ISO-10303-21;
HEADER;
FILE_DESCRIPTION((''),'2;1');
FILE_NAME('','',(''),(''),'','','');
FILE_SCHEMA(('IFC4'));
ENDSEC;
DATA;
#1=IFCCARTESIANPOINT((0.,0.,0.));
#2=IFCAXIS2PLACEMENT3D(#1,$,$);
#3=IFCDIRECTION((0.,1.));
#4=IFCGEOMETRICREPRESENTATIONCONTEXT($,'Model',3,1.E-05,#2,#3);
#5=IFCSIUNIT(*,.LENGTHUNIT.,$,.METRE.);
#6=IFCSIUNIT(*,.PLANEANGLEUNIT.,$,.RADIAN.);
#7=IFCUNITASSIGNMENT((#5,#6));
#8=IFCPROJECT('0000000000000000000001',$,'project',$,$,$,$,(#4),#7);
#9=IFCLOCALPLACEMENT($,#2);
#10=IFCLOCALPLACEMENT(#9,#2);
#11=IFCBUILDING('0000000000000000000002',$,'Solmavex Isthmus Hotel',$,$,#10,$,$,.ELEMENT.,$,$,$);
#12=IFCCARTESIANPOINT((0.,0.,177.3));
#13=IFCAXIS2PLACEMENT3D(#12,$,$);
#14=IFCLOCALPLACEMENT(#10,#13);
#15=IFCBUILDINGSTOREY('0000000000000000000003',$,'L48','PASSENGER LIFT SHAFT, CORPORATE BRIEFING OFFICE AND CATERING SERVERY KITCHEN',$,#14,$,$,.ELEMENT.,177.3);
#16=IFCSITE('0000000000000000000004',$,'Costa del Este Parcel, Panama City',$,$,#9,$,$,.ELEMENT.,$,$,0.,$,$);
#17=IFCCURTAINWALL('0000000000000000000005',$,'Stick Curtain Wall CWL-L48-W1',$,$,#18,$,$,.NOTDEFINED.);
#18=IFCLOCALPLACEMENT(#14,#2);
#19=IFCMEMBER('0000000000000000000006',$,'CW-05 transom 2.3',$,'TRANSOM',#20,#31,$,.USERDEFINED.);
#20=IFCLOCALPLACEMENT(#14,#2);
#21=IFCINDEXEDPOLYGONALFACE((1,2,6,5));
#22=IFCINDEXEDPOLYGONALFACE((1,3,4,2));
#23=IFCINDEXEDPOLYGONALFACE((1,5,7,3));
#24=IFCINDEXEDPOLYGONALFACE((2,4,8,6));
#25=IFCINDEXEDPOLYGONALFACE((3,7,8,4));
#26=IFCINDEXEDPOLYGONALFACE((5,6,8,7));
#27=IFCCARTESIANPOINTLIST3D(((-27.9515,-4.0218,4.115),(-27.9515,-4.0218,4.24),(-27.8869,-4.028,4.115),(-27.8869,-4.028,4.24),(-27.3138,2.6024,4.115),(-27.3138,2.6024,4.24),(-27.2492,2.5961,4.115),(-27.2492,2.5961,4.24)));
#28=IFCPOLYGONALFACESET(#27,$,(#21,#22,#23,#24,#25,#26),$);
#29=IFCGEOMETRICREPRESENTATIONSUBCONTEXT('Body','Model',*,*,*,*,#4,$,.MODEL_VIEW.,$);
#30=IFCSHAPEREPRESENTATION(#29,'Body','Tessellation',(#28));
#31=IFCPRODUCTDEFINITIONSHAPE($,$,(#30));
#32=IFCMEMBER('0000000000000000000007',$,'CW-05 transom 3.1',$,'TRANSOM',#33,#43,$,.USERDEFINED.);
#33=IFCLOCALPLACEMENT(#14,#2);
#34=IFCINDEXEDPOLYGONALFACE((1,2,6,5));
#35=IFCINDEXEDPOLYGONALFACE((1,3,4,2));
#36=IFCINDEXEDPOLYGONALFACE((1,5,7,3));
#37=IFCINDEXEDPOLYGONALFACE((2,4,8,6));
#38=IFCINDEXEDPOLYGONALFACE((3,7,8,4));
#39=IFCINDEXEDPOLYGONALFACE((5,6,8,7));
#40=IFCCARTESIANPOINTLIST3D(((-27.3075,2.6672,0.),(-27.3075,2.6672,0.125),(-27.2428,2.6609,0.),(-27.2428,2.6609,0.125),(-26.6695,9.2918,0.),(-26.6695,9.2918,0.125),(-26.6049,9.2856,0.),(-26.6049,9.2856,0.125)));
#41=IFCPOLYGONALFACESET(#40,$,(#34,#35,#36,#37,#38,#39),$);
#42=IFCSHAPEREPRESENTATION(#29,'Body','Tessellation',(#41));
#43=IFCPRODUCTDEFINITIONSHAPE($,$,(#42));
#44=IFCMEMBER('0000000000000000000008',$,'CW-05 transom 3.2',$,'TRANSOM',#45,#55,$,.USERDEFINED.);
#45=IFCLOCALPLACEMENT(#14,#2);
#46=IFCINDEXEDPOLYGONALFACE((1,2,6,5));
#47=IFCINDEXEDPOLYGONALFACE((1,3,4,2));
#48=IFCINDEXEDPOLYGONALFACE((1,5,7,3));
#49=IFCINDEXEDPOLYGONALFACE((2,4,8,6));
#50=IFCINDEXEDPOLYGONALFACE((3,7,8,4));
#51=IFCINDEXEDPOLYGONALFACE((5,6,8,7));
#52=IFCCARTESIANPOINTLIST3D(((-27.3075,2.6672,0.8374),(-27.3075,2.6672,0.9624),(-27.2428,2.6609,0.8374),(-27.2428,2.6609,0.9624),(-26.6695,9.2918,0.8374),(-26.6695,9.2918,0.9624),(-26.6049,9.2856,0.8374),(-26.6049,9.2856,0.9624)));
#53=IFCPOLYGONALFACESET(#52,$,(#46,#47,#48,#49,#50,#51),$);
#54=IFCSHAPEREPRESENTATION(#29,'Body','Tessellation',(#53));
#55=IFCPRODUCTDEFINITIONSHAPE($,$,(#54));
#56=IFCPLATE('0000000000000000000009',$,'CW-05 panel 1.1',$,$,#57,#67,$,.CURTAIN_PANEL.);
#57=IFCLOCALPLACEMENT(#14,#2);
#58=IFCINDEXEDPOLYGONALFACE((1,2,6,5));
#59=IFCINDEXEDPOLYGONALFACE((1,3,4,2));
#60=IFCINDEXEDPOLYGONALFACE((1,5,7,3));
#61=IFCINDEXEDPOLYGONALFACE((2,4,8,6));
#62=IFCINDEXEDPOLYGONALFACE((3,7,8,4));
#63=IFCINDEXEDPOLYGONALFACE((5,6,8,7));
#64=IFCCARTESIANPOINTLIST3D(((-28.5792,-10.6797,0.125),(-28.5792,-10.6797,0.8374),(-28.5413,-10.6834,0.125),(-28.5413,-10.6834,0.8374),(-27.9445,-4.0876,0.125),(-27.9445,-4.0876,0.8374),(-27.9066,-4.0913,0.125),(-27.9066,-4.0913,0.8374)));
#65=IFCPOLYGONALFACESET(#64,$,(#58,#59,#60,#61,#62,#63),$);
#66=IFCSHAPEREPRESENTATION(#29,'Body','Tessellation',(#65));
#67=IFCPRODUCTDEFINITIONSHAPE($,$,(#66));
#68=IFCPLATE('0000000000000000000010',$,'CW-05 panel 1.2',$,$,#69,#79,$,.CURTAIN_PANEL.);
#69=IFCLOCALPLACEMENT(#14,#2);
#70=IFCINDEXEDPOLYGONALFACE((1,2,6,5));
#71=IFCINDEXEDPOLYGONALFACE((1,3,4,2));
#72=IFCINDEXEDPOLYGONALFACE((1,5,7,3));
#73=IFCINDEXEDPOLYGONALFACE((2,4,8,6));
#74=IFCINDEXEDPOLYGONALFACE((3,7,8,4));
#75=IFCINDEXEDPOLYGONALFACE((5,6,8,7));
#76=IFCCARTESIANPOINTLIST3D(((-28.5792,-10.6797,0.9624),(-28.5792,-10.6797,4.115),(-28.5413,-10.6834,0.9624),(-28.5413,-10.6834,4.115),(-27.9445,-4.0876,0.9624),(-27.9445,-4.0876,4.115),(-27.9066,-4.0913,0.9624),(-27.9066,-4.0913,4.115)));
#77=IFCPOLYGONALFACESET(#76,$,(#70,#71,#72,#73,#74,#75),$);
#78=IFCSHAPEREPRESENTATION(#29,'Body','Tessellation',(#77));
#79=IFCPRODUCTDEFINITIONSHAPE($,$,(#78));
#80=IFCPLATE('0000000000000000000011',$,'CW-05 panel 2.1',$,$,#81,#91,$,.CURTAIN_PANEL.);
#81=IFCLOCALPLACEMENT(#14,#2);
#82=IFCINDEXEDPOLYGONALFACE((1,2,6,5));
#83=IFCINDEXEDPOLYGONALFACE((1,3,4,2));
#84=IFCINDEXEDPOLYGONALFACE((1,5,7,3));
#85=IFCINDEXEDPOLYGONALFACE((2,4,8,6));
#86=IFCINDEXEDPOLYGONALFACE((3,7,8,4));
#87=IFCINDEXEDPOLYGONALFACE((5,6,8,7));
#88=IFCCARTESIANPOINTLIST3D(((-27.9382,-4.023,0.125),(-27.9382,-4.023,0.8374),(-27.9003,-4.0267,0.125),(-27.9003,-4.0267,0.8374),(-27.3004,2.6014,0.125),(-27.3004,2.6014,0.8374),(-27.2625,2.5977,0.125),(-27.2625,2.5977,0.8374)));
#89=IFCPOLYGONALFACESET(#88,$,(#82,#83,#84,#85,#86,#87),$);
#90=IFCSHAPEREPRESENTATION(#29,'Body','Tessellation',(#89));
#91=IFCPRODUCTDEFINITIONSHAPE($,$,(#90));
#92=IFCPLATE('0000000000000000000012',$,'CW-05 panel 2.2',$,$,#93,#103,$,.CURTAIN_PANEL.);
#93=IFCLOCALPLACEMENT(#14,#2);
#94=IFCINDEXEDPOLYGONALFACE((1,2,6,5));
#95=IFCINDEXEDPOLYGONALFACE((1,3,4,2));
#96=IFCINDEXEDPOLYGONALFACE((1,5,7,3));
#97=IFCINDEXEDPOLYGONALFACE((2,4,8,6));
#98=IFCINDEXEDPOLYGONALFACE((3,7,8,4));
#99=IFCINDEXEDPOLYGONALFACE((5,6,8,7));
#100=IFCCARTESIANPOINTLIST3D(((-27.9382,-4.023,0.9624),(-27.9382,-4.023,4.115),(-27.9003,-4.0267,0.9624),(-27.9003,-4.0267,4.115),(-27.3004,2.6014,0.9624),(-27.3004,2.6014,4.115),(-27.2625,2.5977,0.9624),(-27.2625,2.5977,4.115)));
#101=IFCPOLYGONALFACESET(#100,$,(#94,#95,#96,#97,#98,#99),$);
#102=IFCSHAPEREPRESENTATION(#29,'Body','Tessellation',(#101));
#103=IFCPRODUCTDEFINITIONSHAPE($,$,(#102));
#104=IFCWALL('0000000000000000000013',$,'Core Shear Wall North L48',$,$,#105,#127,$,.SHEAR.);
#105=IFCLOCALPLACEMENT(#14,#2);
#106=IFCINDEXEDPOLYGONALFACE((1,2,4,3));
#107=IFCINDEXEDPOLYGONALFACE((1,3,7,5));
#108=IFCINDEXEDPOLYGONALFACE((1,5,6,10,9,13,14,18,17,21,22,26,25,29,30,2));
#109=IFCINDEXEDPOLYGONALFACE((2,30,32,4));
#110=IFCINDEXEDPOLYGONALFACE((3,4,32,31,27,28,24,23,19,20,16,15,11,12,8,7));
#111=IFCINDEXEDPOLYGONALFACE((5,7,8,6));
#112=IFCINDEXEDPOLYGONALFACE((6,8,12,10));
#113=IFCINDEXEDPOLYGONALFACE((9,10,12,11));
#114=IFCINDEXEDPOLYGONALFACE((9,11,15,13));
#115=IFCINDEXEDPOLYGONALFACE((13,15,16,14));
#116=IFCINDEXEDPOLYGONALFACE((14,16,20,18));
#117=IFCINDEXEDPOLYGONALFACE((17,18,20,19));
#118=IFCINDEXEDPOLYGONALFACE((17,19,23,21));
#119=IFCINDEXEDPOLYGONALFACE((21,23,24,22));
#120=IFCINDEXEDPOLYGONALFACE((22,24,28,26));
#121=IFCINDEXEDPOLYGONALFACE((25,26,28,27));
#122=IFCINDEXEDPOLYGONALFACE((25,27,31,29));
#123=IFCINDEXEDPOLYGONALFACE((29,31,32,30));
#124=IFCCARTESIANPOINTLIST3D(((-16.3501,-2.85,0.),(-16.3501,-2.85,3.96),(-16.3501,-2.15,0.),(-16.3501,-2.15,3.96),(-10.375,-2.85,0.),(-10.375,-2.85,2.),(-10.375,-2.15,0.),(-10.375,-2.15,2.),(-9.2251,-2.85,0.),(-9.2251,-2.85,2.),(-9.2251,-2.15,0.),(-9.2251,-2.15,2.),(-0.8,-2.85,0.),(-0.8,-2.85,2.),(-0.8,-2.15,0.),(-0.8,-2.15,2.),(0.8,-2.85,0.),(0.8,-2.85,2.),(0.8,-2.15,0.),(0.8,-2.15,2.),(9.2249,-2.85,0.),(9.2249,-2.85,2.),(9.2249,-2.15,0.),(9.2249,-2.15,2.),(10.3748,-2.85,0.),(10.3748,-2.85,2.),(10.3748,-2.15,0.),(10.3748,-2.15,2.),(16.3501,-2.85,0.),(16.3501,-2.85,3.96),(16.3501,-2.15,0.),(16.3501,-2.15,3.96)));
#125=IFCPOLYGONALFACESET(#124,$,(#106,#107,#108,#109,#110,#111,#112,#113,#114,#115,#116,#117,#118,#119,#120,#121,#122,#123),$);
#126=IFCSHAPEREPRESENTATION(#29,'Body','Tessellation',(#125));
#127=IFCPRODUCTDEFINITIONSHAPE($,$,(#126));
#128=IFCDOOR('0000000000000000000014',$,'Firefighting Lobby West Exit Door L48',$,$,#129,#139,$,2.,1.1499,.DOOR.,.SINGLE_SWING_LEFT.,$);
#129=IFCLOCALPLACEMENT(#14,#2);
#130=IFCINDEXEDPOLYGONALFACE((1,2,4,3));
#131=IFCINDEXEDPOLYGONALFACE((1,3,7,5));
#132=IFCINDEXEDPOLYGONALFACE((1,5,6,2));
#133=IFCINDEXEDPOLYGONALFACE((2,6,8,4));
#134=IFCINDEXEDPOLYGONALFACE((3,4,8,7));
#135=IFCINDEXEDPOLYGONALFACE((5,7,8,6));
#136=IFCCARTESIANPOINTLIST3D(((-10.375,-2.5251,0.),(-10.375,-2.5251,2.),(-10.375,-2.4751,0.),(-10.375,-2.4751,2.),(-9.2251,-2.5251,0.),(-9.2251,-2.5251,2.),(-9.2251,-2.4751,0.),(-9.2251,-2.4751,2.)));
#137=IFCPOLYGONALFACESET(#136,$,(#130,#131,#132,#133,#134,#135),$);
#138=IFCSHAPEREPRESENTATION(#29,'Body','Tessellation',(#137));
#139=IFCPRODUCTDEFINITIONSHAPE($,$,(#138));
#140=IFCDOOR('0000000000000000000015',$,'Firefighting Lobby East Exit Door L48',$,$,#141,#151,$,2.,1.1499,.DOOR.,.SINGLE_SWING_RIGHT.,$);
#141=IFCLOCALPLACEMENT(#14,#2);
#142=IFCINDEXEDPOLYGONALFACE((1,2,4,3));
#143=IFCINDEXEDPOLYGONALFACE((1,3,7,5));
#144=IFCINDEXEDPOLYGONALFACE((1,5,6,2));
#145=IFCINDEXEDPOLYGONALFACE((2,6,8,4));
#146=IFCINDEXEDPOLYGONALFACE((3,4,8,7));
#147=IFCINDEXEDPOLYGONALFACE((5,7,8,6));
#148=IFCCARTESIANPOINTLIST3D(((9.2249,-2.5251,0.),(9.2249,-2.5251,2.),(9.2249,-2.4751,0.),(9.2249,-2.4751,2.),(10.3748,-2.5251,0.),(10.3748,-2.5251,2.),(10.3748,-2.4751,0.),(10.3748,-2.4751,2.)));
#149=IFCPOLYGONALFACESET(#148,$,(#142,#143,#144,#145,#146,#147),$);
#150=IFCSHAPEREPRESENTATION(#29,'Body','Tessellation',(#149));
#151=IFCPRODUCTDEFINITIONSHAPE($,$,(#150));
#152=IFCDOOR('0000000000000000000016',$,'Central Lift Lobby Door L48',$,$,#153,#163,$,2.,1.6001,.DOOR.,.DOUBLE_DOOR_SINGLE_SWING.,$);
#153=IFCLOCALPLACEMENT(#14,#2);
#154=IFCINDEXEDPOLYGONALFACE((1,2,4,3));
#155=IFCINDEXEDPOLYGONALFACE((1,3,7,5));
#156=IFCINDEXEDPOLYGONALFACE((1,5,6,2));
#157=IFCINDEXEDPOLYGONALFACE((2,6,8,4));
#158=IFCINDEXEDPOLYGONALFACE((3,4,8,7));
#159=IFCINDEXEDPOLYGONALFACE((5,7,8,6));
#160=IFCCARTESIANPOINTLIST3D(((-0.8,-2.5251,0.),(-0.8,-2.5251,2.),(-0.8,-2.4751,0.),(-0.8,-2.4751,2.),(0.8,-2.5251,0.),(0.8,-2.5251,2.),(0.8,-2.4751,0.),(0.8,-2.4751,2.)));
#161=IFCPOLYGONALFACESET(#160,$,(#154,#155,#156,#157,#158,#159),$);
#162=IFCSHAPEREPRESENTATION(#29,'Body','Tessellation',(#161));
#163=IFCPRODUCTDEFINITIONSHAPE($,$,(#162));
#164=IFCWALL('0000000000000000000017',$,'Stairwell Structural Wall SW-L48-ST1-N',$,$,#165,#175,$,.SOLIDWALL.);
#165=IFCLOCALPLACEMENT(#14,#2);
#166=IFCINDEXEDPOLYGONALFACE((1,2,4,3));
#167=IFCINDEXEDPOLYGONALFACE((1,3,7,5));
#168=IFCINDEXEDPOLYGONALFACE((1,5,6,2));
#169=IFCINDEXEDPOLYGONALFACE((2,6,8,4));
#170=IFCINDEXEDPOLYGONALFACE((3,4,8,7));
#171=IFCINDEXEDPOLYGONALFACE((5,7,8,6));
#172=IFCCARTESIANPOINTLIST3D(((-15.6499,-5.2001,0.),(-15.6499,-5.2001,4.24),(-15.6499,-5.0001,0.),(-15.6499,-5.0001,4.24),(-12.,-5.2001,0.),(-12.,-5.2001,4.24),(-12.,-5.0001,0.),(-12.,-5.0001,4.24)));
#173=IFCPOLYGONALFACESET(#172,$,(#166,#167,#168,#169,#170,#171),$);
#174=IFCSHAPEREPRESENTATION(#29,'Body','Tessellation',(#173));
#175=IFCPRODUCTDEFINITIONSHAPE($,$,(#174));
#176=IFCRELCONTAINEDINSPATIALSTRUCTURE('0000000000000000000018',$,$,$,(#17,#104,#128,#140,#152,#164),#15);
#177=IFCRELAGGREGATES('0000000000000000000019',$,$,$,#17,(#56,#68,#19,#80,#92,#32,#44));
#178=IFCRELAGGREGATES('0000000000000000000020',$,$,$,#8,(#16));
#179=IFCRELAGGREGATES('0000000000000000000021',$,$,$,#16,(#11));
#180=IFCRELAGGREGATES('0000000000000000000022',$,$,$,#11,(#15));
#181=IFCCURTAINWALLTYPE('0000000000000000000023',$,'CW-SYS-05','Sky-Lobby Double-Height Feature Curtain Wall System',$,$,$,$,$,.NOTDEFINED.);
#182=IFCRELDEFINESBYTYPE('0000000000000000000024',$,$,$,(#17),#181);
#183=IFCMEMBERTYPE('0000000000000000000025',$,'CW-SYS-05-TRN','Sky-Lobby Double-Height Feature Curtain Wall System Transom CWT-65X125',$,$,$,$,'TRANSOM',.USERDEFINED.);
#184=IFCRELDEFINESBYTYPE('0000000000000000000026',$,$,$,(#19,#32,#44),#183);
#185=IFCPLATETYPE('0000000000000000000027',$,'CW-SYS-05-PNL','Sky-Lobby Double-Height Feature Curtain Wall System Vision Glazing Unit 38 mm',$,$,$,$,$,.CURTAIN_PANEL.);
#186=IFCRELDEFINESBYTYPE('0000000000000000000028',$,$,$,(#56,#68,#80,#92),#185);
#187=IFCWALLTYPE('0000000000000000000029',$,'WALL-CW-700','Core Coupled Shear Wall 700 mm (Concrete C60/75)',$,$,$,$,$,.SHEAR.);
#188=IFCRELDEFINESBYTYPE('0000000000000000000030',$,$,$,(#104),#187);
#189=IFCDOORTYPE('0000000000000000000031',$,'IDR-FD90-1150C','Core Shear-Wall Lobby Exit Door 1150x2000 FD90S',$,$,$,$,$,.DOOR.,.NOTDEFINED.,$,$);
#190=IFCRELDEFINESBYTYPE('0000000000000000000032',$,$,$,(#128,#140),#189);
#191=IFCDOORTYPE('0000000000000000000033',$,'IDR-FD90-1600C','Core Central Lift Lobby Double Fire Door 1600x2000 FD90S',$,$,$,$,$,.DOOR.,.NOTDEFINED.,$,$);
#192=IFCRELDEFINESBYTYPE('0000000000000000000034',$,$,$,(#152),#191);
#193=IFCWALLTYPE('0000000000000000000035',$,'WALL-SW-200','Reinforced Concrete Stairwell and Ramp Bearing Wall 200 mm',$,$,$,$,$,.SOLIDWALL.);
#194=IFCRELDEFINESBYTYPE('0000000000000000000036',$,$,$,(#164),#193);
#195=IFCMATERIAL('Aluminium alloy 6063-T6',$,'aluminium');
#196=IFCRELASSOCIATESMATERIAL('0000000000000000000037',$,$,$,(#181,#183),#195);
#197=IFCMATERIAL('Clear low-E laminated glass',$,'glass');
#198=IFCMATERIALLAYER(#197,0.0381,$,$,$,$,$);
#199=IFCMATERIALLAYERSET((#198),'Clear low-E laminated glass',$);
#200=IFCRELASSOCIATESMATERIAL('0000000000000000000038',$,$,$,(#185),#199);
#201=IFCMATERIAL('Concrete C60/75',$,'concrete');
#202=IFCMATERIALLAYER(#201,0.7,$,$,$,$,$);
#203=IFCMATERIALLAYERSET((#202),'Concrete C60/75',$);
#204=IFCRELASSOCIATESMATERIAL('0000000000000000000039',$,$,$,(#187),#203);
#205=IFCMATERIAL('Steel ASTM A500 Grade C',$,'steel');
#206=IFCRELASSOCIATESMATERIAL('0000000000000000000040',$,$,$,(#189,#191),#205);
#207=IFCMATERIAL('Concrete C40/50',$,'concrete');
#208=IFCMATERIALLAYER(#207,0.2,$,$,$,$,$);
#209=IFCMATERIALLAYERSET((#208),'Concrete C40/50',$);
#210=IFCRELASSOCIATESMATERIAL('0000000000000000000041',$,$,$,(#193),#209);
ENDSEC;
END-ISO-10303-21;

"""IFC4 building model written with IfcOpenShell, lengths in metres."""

from ifc_helpers import new_model, si_unit, direction, frame, frame_2d, origin, origin_2d, place, context, subcontext, project, spatial, rectangle, extrude, material, layer, layer_set, material_profile, profile_set, type_object, element, fill, aggregate, save


model = new_model("IFC4")

# Units and contexts
model_context = context("Model", 3, precision=1e-05, world=origin(), true_north=direction((0.0, 1.0)))
body_context = subcontext(model_context, "Body", "Model", "MODEL_VIEW")
ifc_project = project(units=[si_unit("LENGTHUNIT", "METRE"), si_unit("PLANEANGLEUNIT", "RADIAN")], contexts=[model_context])

# Site, building, storey
site_placement = place(None, origin())
site = spatial("IfcSite", under=ifc_project, at=site_placement, Name="Costa del Este Parcel, Panama City", CompositionType="ELEMENT", RefElevation=0.0)
building_placement = place(site_placement, origin())
building = spatial("IfcBuilding", under=site, at=building_placement, Name="Solmavex Isthmus Hotel", CompositionType="ELEMENT")
storey_placement = place(building_placement, frame((0.0, 0.0, 177.3)))
storey = spatial("IfcBuildingStorey", under=building, at=storey_placement, Name="L48", Description="PASSENGER LIFT SHAFT, CORPORATE BRIEFING OFFICE AND CATERING SERVERY KITCHEN", CompositionType="ELEMENT", Elevation=177.3)

# Shared definitions
ifc_material_1 = material(Name="Concrete C60/75", Category="concrete")

# Curtain wall, members, plates
ifc_material_2 = material(Name="Aluminium alloy 6063-T6", Category="aluminium")
curtain_wall_type = type_object("IfcCurtainWallType", Name="CW-SYS-05", Description="Sky-Lobby Double-Height Feature Curtain Wall System", PredefinedType="NOTDEFINED", material=ifc_material_2)
curtain_wall_placement = place(storey_placement, origin())
curtain_wall = element("IfcCurtainWall", 1, at=curtain_wall_placement, inside=storey, type_object=curtain_wall_type, Name="Stick Curtain Wall CWL-L48-W1", PredefinedType="NOTDEFINED")
ifc_material_profile_1 = material_profile(ifc_material_2, rectangle(XDim=0.0649, YDim=0.125, at=origin_2d()), Name="CWT-65X125")
ifc_profile_set_1 = profile_set([ifc_material_profile_1], Name="Aluminium alloy 6063-T6")
member_type_1 = type_object("IfcMemberType", Name="CW-SYS-05-TRN", Description="Sky-Lobby Double-Height Feature Curtain Wall System Transom CWT-65X125", ElementType="TRANSOM", PredefinedType="USERDEFINED", material=ifc_profile_set_1)
member_1_placement = place(storey_placement, frame((-27.9192, -4.0249, 4.1775), z_axis=(0.095824, 0.995398, 0.0), x_axis=(-0.995398, 0.095824, 0.0)))
member_1 = element("IfcMember", 2, at=member_1_placement, type_object=member_type_1, Name="CW-05 transom 2.3", ObjectType="TRANSOM", PredefinedType="USERDEFINED", context=body_context, shape_type="SweptSolid", body=[
    extrude(rectangle(XDim=0.0649, YDim=0.125, at=origin_2d()), origin(), (0.0, 0.0, 1.0), 6.6548),
])
member_2_placement = place(storey_placement, frame((-27.2751, 2.6641, 0.0625), z_axis=(0.095856, 0.995395, 0.0), x_axis=(-0.995395, 0.095856, 0.0)))
member_2 = element("IfcMember", 3, at=member_2_placement, type_object=member_type_1, Name="CW-05 transom 3.1", ObjectType="TRANSOM", PredefinedType="USERDEFINED", context=body_context, shape_type="SweptSolid", body=[
    extrude(rectangle(XDim=0.0649, YDim=0.125, at=origin_2d()), origin(), (0.0, 0.0, 1.0), 6.6553),
])
member_3_placement = place(storey_placement, frame((-27.2751, 2.6641, 0.8999), z_axis=(0.095856, 0.995395, 0.0), x_axis=(-0.995395, 0.095856, 0.0)))
member_3 = element("IfcMember", 4, at=member_3_placement, type_object=member_type_1, Name="CW-05 transom 3.2", ObjectType="TRANSOM", PredefinedType="USERDEFINED", context=body_context, shape_type="SweptSolid", body=[
    extrude(rectangle(XDim=0.0649, YDim=0.125, at=origin_2d()), origin(), (0.0, 0.0, 1.0), 6.6553),
])
ifc_material_3 = material(Name="Clear low-E laminated glass", Category="glass")
ifc_layer_1 = layer(ifc_material_3, 0.0381)
ifc_layer_set_1 = layer_set([ifc_layer_1], Name="Clear low-E laminated glass")
plate_type = type_object("IfcPlateType", Name="CW-SYS-05-PNL", Description="Sky-Lobby Double-Height Feature Curtain Wall System Vision Glazing Unit 38 mm", PredefinedType="CURTAIN_PANEL", material=ifc_layer_set_1)
plate_1_placement = place(storey_placement, frame((-28.2429, -7.3855, 0.125), z_axis=(0.0, 0.0, 1.0), x_axis=(0.095846, 0.995396, 0.0)))
plate_1 = element("IfcPlate", 5, at=plate_1_placement, type_object=plate_type, Name="CW-05 panel 1.1", PredefinedType="CURTAIN_PANEL", context=body_context, shape_type="SweptSolid", body=[
    extrude(rectangle(XDim=6.6226, YDim=0.0381, at=origin_2d()), origin(), (0.0, 0.0, 1.0), 0.7124),
])
plate_2_placement = place(storey_placement, frame((-28.2429, -7.3855, 0.9624), z_axis=(0.0, 0.0, 1.0), x_axis=(0.095846, 0.995396, 0.0)))
plate_2 = element("IfcPlate", 6, at=plate_2_placement, type_object=plate_type, Name="CW-05 panel 1.2", PredefinedType="CURTAIN_PANEL", context=body_context, shape_type="SweptSolid", body=[
    extrude(rectangle(XDim=6.6226, YDim=0.0381, at=origin_2d()), origin(), (0.0, 0.0, 1.0), 3.1526),
])
plate_3_placement = place(storey_placement, frame((-27.6003, -0.7126, 0.125), z_axis=(0.0, 0.0, 1.0), x_axis=(0.095846, 0.995396, 0.0)))
plate_3 = element("IfcPlate", 7, at=plate_3_placement, type_object=plate_type, Name="CW-05 panel 2.1", PredefinedType="CURTAIN_PANEL", context=body_context, shape_type="SweptSolid", body=[
    extrude(rectangle(XDim=6.655, YDim=0.0381, at=origin_2d()), origin(), (0.0, 0.0, 1.0), 0.7124),
])
plate_4_placement = place(storey_placement, frame((-27.6003, -0.7126, 0.9624), z_axis=(0.0, 0.0, 1.0), x_axis=(0.095846, 0.995396, 0.0)))
plate_4 = element("IfcPlate", 8, at=plate_4_placement, type_object=plate_type, Name="CW-05 panel 2.2", PredefinedType="CURTAIN_PANEL", context=body_context, shape_type="SweptSolid", body=[
    extrude(rectangle(XDim=6.655, YDim=0.0381, at=origin_2d()), origin(), (0.0, 0.0, 1.0), 3.1526),
])
aggregate(curtain_wall, [plate_1, plate_2, member_1, plate_3, plate_4, member_2, member_3])

# Wall, openings, doors
ifc_layer_2 = layer(ifc_material_1, 0.7)
ifc_layer_set_2 = layer_set([ifc_layer_2], Name="Concrete C60/75")
wall_type_1 = type_object("IfcWallType", Name="WALL-CW-700", Description="Core Coupled Shear Wall 700 mm (Concrete C60/75)", PredefinedType="SHEAR", material=ifc_layer_set_2)
wall_1_placement = place(storey_placement, frame((-16.3501, -2.5, 0.0), z_axis=(0.0, 0.0, 1.0), x_axis=(1.0, 0.0, 0.0)))
wall_1 = element("IfcWall", 9, at=wall_1_placement, inside=storey, type_object=wall_type_1, Name="Core Shear Wall North L48", PredefinedType="SHEAR", context=body_context, shape_type="SweptSolid", body=[
    extrude(rectangle(XDim=32.7002, YDim=0.7, at=frame_2d((16.3501, 0.0))), origin(), (0.0, 0.0, 1.0), 3.96),
])
opening_1_placement = place(wall_1_placement, frame((5.9751, 0.0, 0.0)))
opening_1 = element("IfcOpeningElement", 10, at=opening_1_placement, cuts=wall_1, PredefinedType="OPENING", context=body_context, shape_type="SweptSolid", body=[
    extrude(rectangle(XDim=1.1499, YDim=2.0, at=frame_2d((0.575, 1.0))), frame((0.0, 0.3599, 0.0), z_axis=(0.0, -1.0, 0.0), x_axis=(1.0, 0.0, 0.0)), (0.0, 0.0, 1.0), 0.72),
])
opening_2_placement = place(wall_1_placement, frame((15.55, 0.0, 0.0)))
opening_2 = element("IfcOpeningElement", 11, at=opening_2_placement, cuts=wall_1, PredefinedType="OPENING", context=body_context, shape_type="SweptSolid", body=[
    extrude(rectangle(XDim=1.6001, YDim=2.0, at=frame_2d((0.8, 1.0))), frame((0.0, 0.3599, 0.0), z_axis=(0.0, -1.0, 0.0), x_axis=(1.0, 0.0, 0.0)), (0.0, 0.0, 1.0), 0.72),
])
opening_3_placement = place(wall_1_placement, frame((25.575, 0.0, 0.0)))
opening_3 = element("IfcOpeningElement", 12, at=opening_3_placement, cuts=wall_1, PredefinedType="OPENING", context=body_context, shape_type="SweptSolid", body=[
    extrude(rectangle(XDim=1.1499, YDim=2.0, at=frame_2d((0.575, 1.0))), frame((0.0, 0.3599, 0.0), z_axis=(0.0, -1.0, 0.0), x_axis=(1.0, 0.0, 0.0)), (0.0, 0.0, 1.0), 0.72),
])
ifc_material_4 = material(Name="Steel ASTM A500 Grade C", Category="steel")
door_type_1 = type_object("IfcDoorType", Name="IDR-FD90-1150C", Description="Core Shear-Wall Lobby Exit Door 1150x2000 FD90S", OperationType="NOTDEFINED", PredefinedType="DOOR", material=ifc_material_4)
door_1_placement = place(opening_1_placement, origin())
door_1 = element("IfcDoor", 13, at=door_1_placement, inside=storey, type_object=door_type_1, Name="Firefighting Lobby West Exit Door L48", OperationType="SINGLE_SWING_LEFT", OverallHeight=2.0, OverallWidth=1.1499, PredefinedType="DOOR", context=body_context, shape_type="SweptSolid", body=[
    extrude(rectangle(XDim=1.1499, YDim=2.0, at=frame_2d((0.575, 1.0))), frame((0.0, 0.0249, 0.0), z_axis=(0.0, -1.0, 0.0), x_axis=(1.0, 0.0, 0.0)), (0.0, 0.0, 1.0), 0.05),
])
fill(opening_1, door_1)
door_2_placement = place(opening_3_placement, origin())
door_2 = element("IfcDoor", 14, at=door_2_placement, inside=storey, type_object=door_type_1, Name="Firefighting Lobby East Exit Door L48", OperationType="SINGLE_SWING_RIGHT", OverallHeight=2.0, OverallWidth=1.1499, PredefinedType="DOOR", context=body_context, shape_type="SweptSolid", body=[
    extrude(rectangle(XDim=1.1499, YDim=2.0, at=frame_2d((0.575, 1.0))), frame((0.0, 0.0249, 0.0), z_axis=(0.0, -1.0, 0.0), x_axis=(1.0, 0.0, 0.0)), (0.0, 0.0, 1.0), 0.05),
])
fill(opening_3, door_2)
door_type_2 = type_object("IfcDoorType", Name="IDR-FD90-1600C", Description="Core Central Lift Lobby Double Fire Door 1600x2000 FD90S", OperationType="NOTDEFINED", PredefinedType="DOOR", material=ifc_material_4)
door_3_placement = place(opening_2_placement, origin())
door_3 = element("IfcDoor", 15, at=door_3_placement, inside=storey, type_object=door_type_2, Name="Central Lift Lobby Door L48", OperationType="DOUBLE_DOOR_SINGLE_SWING", OverallHeight=2.0, OverallWidth=1.6001, PredefinedType="DOOR", context=body_context, shape_type="SweptSolid", body=[
    extrude(rectangle(XDim=1.6001, YDim=2.0, at=frame_2d((0.8, 1.0))), frame((0.0, 0.0249, 0.0), z_axis=(0.0, -1.0, 0.0), x_axis=(1.0, 0.0, 0.0)), (0.0, 0.0, 1.0), 0.05),
])
fill(opening_2, door_3)

# Wall
ifc_material_5 = material(Name="Concrete C40/50", Category="concrete")
ifc_layer_3 = layer(ifc_material_5, 0.2)
ifc_layer_set_3 = layer_set([ifc_layer_3], Name="Concrete C40/50")
wall_type_2 = type_object("IfcWallType", Name="WALL-SW-200", Description="Reinforced Concrete Stairwell and Ramp Bearing Wall 200 mm", PredefinedType="SOLIDWALL", material=ifc_layer_set_3)
wall_2_placement = place(storey_placement, frame((-15.6499, -5.1001, 0.0), z_axis=(0.0, 0.0, 1.0), x_axis=(1.0, 0.0, 0.0)))
element("IfcWall", 16, at=wall_2_placement, inside=storey, type_object=wall_type_2, Name="Stairwell Structural Wall SW-L48-ST1-N", PredefinedType="SOLIDWALL", context=body_context, shape_type="SweptSolid", body=[
    extrude(rectangle(XDim=3.6499, YDim=0.2, at=frame_2d((1.825, 0.0))), origin(), (0.0, 0.0, 1.0), 4.24),
])

save(model, "model.ifc")
